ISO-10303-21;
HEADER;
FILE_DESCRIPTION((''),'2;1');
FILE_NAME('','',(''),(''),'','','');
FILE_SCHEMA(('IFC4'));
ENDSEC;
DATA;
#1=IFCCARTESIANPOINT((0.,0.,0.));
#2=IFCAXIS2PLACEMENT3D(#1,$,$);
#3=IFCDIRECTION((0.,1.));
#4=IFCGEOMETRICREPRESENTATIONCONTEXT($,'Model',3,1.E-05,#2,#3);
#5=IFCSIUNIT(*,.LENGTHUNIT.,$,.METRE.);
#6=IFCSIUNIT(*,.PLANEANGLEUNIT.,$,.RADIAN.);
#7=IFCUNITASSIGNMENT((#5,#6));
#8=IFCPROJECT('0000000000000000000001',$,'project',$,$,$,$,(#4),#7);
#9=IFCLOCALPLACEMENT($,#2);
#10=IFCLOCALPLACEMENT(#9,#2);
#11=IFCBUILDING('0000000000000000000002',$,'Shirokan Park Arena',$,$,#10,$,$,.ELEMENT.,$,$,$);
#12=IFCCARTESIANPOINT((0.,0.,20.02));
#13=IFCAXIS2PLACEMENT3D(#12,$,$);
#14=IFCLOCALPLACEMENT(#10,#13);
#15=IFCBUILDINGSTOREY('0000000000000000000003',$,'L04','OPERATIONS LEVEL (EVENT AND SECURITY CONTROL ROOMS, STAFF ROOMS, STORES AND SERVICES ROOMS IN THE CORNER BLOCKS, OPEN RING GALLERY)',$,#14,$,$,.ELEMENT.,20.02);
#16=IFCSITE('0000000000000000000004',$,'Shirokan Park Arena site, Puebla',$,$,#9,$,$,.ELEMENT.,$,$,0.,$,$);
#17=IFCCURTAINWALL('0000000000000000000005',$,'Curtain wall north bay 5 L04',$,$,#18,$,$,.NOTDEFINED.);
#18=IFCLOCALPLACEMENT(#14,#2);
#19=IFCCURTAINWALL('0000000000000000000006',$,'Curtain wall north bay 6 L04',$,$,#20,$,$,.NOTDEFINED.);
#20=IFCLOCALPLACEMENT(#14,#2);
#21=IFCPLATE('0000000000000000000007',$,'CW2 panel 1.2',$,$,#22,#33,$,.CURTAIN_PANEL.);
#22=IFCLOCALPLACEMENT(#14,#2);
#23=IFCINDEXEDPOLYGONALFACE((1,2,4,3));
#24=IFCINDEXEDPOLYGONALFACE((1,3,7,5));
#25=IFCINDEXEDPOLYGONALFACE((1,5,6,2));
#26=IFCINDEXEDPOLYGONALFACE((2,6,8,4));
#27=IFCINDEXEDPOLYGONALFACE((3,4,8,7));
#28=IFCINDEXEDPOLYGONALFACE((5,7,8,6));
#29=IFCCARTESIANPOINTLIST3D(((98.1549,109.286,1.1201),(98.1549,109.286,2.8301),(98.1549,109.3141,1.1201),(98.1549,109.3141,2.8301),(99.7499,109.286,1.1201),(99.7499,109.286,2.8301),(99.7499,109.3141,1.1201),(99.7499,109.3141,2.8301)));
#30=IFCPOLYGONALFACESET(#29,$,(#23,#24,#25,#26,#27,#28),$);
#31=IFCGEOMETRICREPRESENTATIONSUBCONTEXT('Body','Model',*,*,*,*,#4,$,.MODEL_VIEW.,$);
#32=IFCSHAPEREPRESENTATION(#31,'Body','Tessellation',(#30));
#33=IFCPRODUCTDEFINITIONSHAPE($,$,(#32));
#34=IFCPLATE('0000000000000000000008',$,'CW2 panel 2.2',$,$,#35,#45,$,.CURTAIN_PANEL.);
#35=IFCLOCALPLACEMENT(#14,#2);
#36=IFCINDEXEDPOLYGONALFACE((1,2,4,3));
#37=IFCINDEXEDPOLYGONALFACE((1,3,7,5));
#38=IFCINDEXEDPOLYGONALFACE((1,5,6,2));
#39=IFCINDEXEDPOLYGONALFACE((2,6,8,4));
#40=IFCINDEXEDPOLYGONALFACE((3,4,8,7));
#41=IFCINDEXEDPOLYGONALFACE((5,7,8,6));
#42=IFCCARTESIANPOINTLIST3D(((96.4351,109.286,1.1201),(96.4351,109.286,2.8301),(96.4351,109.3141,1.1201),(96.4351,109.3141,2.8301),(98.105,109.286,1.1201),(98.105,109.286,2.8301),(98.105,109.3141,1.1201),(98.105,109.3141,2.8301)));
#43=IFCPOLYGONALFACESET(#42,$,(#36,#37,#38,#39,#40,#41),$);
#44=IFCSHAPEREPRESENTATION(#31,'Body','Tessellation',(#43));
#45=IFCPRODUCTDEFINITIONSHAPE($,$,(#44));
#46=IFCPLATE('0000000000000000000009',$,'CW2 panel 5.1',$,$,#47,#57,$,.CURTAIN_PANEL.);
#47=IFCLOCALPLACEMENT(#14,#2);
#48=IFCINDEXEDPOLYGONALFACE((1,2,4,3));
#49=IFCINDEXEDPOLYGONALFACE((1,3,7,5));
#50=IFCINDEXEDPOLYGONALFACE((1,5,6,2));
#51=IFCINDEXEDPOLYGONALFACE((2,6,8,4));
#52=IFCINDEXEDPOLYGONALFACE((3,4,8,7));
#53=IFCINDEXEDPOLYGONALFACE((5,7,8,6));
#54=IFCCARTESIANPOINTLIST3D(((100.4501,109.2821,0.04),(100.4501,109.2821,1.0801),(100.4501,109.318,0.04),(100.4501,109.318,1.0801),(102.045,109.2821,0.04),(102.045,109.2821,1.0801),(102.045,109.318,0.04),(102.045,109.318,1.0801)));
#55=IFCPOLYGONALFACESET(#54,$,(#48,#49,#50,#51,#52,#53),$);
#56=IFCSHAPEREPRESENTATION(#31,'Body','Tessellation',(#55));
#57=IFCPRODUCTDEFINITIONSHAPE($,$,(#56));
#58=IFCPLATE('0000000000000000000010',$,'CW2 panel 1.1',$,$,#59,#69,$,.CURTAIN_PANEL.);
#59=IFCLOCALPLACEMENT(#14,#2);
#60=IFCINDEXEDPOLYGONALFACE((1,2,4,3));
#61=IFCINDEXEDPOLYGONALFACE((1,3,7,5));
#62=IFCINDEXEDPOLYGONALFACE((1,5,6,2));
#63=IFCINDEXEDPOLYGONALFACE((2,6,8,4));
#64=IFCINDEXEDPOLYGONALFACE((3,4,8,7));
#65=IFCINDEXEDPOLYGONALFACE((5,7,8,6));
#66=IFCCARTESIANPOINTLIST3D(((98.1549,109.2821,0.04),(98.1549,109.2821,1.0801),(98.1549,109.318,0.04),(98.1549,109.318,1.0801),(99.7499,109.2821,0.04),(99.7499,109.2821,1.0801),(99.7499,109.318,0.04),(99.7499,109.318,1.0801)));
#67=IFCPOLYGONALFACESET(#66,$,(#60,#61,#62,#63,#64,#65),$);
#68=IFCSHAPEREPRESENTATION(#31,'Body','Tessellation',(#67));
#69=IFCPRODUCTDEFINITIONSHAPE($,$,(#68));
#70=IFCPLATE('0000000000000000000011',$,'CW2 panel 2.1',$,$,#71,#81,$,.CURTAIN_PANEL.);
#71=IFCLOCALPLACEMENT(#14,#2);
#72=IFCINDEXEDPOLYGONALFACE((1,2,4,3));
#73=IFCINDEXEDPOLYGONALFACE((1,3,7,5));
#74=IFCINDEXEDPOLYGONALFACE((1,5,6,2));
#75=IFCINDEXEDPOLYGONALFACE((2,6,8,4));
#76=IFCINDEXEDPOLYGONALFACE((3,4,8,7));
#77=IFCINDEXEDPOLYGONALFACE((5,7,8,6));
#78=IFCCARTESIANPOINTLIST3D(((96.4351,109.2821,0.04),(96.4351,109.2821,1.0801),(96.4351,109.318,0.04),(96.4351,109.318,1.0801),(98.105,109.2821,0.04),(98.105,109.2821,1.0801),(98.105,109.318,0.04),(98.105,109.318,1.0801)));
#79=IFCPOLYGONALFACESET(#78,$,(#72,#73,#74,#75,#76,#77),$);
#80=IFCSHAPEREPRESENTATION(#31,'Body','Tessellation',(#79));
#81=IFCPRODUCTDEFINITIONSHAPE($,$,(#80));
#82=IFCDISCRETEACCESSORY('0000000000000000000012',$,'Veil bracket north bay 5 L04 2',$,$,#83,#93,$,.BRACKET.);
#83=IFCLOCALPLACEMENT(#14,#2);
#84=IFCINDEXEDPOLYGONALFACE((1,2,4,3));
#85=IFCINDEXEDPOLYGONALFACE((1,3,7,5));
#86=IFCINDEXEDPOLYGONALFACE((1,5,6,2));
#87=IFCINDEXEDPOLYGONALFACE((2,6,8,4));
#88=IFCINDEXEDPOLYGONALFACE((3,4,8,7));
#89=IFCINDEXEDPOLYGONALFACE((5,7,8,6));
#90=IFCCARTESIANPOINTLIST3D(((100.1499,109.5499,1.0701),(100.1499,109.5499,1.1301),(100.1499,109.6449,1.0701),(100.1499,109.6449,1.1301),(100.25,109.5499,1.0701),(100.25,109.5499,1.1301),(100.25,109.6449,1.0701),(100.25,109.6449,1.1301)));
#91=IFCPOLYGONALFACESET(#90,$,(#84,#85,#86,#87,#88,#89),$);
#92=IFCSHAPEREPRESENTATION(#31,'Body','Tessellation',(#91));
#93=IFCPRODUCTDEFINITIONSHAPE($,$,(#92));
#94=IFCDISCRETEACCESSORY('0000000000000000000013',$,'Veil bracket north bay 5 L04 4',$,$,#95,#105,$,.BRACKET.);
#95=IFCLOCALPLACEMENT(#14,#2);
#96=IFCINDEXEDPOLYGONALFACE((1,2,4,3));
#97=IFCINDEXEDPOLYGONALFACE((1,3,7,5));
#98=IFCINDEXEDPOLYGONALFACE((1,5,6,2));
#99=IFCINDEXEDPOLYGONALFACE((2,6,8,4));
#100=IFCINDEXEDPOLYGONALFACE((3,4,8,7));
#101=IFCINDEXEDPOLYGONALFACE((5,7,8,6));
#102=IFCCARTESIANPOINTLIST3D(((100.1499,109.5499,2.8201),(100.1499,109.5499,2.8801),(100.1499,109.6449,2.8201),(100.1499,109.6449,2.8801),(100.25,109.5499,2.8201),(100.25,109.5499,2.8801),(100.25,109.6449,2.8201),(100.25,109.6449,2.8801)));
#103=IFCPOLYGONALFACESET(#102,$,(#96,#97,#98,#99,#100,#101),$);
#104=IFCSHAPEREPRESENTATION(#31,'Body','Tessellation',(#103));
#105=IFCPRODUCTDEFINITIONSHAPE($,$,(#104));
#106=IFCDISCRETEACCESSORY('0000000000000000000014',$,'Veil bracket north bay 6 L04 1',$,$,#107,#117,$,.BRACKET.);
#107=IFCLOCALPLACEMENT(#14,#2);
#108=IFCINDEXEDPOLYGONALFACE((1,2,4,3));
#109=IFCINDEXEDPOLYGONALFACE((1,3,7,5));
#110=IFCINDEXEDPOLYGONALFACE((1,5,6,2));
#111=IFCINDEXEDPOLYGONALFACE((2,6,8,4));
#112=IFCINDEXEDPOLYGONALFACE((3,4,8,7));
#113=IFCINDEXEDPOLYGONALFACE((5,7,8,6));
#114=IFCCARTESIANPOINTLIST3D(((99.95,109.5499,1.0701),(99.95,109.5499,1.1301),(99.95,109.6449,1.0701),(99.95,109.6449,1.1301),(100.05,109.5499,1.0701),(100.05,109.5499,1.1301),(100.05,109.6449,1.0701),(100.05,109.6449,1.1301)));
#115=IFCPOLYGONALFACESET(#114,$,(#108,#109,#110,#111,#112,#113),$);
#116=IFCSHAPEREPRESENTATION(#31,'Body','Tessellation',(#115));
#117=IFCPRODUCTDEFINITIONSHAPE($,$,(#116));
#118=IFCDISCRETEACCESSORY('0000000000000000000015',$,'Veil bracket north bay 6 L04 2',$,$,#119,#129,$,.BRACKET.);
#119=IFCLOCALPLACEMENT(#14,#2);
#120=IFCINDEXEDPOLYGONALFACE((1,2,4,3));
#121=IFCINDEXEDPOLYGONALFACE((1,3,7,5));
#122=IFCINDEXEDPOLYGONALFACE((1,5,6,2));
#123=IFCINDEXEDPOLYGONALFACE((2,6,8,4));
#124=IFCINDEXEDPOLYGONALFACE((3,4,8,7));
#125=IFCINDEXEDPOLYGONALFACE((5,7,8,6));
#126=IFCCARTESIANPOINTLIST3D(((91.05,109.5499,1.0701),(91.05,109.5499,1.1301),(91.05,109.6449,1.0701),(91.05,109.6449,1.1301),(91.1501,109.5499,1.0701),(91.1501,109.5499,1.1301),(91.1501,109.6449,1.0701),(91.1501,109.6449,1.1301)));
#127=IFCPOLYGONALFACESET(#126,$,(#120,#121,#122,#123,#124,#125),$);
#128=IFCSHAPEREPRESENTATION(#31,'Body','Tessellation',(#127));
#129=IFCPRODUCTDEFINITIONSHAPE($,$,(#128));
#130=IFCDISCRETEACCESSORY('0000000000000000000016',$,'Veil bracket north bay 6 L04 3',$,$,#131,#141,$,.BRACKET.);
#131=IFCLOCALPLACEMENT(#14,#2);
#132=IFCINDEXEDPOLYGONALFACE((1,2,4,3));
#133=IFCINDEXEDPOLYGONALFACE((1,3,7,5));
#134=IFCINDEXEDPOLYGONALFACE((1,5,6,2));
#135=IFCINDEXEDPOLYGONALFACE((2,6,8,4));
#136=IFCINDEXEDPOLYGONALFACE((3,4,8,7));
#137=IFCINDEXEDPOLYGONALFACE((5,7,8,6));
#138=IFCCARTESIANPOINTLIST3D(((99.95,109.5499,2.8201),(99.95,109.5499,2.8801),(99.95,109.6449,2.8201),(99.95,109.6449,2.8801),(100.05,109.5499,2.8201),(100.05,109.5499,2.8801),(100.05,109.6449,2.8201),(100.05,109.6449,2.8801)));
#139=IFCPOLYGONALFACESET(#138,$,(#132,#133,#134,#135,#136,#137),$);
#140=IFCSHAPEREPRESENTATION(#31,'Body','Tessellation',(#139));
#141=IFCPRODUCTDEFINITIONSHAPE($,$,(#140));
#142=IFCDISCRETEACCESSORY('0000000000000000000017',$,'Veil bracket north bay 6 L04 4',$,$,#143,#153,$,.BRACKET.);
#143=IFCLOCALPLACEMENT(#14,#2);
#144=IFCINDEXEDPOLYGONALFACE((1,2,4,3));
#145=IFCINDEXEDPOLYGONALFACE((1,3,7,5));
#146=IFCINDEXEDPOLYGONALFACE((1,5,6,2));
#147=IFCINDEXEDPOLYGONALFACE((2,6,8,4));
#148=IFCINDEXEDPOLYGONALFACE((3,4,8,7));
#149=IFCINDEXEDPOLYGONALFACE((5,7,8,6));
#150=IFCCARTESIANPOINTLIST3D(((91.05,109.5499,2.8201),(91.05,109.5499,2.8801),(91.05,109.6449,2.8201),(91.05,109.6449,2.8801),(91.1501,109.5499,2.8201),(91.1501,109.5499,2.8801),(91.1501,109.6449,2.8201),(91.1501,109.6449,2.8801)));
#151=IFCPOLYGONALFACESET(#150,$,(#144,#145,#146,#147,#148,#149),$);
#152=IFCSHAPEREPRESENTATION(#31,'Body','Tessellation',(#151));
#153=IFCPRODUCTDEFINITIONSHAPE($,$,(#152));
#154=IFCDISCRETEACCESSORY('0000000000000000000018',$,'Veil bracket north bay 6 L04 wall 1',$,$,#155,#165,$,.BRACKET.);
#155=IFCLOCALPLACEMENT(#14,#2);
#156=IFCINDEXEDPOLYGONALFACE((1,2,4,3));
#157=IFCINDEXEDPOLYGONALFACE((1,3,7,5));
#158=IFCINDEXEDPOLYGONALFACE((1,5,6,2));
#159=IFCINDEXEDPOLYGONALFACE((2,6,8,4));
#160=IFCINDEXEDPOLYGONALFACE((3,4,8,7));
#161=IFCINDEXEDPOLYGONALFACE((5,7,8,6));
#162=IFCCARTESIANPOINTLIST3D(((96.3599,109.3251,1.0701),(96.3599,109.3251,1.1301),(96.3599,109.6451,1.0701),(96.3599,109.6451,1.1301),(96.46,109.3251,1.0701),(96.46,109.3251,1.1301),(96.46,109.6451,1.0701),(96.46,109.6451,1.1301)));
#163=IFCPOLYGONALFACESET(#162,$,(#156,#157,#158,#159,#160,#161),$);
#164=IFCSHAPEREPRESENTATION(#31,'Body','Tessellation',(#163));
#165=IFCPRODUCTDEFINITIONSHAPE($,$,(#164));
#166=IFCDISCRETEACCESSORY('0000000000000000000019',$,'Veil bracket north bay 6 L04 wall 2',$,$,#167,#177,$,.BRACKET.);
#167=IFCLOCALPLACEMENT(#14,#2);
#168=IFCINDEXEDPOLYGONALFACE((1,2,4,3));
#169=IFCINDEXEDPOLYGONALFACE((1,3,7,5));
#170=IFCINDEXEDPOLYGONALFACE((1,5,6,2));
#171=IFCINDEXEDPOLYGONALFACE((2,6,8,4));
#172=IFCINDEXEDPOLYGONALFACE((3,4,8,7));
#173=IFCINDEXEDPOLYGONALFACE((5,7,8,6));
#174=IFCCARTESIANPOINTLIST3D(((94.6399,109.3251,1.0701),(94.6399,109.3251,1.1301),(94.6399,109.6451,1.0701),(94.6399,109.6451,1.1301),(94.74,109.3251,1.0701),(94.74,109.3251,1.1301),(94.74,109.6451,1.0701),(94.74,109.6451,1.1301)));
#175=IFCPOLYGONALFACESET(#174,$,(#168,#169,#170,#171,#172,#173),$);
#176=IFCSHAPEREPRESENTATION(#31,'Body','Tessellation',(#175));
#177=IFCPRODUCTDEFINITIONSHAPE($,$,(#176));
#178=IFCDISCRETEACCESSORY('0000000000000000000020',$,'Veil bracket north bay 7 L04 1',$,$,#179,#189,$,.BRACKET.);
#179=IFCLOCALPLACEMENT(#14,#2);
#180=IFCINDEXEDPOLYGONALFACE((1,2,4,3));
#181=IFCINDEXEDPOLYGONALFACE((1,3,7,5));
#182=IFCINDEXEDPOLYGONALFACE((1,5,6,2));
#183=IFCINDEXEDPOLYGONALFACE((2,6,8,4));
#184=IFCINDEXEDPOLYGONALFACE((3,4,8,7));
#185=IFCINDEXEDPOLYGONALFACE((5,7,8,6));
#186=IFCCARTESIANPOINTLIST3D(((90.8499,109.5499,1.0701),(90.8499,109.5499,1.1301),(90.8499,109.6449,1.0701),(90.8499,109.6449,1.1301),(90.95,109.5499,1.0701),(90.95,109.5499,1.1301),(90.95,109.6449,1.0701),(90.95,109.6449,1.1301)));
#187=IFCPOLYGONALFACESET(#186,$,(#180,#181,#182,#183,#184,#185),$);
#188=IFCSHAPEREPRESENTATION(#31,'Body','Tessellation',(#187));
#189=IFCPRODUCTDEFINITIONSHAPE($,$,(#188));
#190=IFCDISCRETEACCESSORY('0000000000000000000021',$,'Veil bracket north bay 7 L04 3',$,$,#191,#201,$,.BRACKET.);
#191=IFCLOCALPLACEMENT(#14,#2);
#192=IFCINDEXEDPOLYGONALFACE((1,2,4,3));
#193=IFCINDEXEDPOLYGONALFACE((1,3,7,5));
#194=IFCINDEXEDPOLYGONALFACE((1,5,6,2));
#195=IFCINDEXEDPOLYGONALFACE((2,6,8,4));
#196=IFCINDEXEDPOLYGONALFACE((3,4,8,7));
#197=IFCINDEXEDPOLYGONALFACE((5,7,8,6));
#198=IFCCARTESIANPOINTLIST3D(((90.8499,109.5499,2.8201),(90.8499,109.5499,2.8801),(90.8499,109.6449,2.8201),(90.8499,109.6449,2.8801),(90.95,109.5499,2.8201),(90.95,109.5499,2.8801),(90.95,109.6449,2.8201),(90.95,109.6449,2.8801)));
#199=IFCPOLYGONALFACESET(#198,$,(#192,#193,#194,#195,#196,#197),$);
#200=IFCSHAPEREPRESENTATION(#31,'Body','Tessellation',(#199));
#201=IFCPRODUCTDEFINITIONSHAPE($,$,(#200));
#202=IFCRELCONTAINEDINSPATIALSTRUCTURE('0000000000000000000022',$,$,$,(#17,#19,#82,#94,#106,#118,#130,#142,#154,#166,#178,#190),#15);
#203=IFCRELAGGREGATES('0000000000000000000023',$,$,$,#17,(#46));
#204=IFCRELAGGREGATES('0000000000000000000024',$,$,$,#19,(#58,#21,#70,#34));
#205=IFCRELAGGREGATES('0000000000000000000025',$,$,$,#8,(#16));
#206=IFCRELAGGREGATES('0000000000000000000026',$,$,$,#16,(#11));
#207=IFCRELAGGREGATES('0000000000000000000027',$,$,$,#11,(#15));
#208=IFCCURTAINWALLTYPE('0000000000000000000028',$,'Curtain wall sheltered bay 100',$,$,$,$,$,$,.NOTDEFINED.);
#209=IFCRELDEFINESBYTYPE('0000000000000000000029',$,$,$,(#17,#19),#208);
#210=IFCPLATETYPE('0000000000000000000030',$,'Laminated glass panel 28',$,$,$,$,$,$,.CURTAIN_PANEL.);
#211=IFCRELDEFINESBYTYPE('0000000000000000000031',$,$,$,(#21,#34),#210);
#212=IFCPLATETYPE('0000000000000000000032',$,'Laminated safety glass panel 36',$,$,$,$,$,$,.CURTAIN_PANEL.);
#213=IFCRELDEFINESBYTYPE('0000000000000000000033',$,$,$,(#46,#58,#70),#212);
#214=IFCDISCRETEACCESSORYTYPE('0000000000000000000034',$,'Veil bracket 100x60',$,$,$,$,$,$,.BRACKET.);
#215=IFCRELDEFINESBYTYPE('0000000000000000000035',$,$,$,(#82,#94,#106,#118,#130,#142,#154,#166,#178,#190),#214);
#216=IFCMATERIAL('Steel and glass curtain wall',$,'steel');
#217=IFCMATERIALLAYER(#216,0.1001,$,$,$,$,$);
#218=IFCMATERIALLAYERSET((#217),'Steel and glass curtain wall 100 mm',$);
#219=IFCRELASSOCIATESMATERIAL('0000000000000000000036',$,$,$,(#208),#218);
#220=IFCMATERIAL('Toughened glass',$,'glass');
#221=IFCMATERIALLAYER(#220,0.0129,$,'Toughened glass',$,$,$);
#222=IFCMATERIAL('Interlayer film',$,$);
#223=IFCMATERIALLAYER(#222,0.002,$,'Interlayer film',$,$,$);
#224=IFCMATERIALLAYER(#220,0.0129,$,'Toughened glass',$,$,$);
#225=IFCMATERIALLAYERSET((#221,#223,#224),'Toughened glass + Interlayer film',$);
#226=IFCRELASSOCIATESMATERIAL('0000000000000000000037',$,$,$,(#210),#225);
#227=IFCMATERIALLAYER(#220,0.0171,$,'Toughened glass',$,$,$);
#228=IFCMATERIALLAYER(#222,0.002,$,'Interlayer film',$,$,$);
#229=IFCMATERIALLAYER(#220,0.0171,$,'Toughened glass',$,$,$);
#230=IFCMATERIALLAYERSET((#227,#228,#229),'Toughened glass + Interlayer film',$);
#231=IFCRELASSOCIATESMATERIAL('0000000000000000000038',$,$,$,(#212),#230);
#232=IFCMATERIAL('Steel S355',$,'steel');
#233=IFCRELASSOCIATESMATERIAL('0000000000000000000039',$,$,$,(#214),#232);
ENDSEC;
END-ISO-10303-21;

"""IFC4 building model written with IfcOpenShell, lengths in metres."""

from ifc_helpers import new_model, si_unit, direction, frame, origin, origin_2d, place, context, subcontext, project, spatial, rectangle, extrude, material, layer, layer_set, type_object, element, aggregate, save


model = new_model("IFC4")

# Units and contexts
model_context = context("Model", 3, precision=1e-05, world=origin(), true_north=direction((0.0, 1.0)))
body_context = subcontext(model_context, "Body", "Model", "MODEL_VIEW")
ifc_project = project(units=[si_unit("LENGTHUNIT", "METRE"), si_unit("PLANEANGLEUNIT", "RADIAN")], contexts=[model_context])

# Site, building, storey
site_placement = place(None, origin())
site = spatial("IfcSite", under=ifc_project, at=site_placement, Name="Shirokan Park Arena site, Puebla", CompositionType="ELEMENT", RefElevation=0.0)
building_placement = place(site_placement, origin())
building = spatial("IfcBuilding", under=site, at=building_placement, Name="Shirokan Park Arena", CompositionType="ELEMENT")
storey_placement = place(building_placement, frame((0.0, 0.0, 20.02)))
storey = spatial("IfcBuildingStorey", under=building, at=storey_placement, Name="L04", Description="OPERATIONS LEVEL (EVENT AND SECURITY CONTROL ROOMS, STAFF ROOMS, STORES AND SERVICES ROOMS IN THE CORNER BLOCKS, OPEN RING GALLERY)", CompositionType="ELEMENT", Elevation=20.02)

# Curtain wall
ifc_material_1 = material(Name="Steel and glass curtain wall", Category="steel")
ifc_layer_1 = layer(ifc_material_1, 0.1001)
ifc_layer_set_1 = layer_set([ifc_layer_1], Name="Steel and glass curtain wall 100 mm")
curtain_wall_type = type_object("IfcCurtainWallType", Name="Curtain wall sheltered bay 100", PredefinedType="NOTDEFINED", material=ifc_layer_set_1)
curtain_wall_1_placement = place(storey_placement, origin())
curtain_wall_1 = element("IfcCurtainWall", 1, at=curtain_wall_1_placement, inside=storey, type_object=curtain_wall_type, Name="Curtain wall north bay 5 L04", PredefinedType="NOTDEFINED")
ifc_material_2 = material(Name="Steel S355", Category="steel")

# Curtain wall
curtain_wall_2_placement = place(storey_placement, origin())
curtain_wall_2 = element("IfcCurtainWall", 2, at=curtain_wall_2_placement, inside=storey, type_object=curtain_wall_type, Name="Curtain wall north bay 6 L04", PredefinedType="NOTDEFINED")

# Plates
ifc_material_3 = material(Name="Toughened glass", Category="glass")
ifc_layer_2 = layer(ifc_material_3, 0.0129, Name="Toughened glass")
ifc_material_4 = material(Name="Interlayer film")
ifc_layer_3 = layer(ifc_material_4, 0.002, Name="Interlayer film")
ifc_layer_4 = layer(ifc_material_3, 0.0129, Name="Toughened glass")
ifc_layer_set_2 = layer_set([ifc_layer_2, ifc_layer_3, ifc_layer_4], Name="Toughened glass + Interlayer film")
plate_type_1 = type_object("IfcPlateType", Name="Laminated glass panel 28", PredefinedType="CURTAIN_PANEL", material=ifc_layer_set_2)
plate_1_placement = place(storey_placement, frame((98.9524, 109.3, 1.1201), z_axis=(0.0, 0.0, 1.0), x_axis=(-1.0, 0.0, 0.0)))
plate_1 = element("IfcPlate", 3, at=plate_1_placement, type_object=plate_type_1, Name="CW2 panel 1.2", PredefinedType="CURTAIN_PANEL", context=body_context, shape_type="SweptSolid", body=[
    extrude(rectangle(XDim=1.595, YDim=0.0281, at=origin_2d()), origin(), (0.0, 0.0, 1.0), 1.71),
])
plate_2_placement = place(storey_placement, frame((97.27, 109.3, 1.1201), z_axis=(0.0, 0.0, 1.0), x_axis=(-1.0, 0.0, 0.0)))
plate_2 = element("IfcPlate", 4, at=plate_2_placement, type_object=plate_type_1, Name="CW2 panel 2.2", PredefinedType="CURTAIN_PANEL", context=body_context, shape_type="SweptSolid", body=[
    extrude(rectangle(XDim=1.6699, YDim=0.0281, at=origin_2d()), origin(), (0.0, 0.0, 1.0), 1.71),
])
ifc_layer_5 = layer(ifc_material_3, 0.0171, Name="Toughened glass")
ifc_layer_6 = layer(ifc_material_4, 0.002, Name="Interlayer film")
ifc_layer_7 = layer(ifc_material_3, 0.0171, Name="Toughened glass")
ifc_layer_set_3 = layer_set([ifc_layer_5, ifc_layer_6, ifc_layer_7], Name="Toughened glass + Interlayer film")
plate_type_2 = type_object("IfcPlateType", Name="Laminated safety glass panel 36", PredefinedType="CURTAIN_PANEL", material=ifc_layer_set_3)
plate_3_placement = place(storey_placement, frame((101.2476, 109.3, 0.04), z_axis=(0.0, 0.0, 1.0), x_axis=(-1.0, 0.0, 0.0)))
plate_3 = element("IfcPlate", 5, at=plate_3_placement, type_object=plate_type_2, Name="CW2 panel 5.1", PredefinedType="CURTAIN_PANEL", context=body_context, shape_type="SweptSolid", body=[
    extrude(rectangle(XDim=1.595, YDim=0.0359, at=origin_2d()), origin(), (0.0, 0.0, 1.0), 1.04),
])
aggregate(curtain_wall_1, [plate_3])
plate_4_placement = place(storey_placement, frame((98.9524, 109.3, 0.04), z_axis=(0.0, 0.0, 1.0), x_axis=(-1.0, 0.0, 0.0)))
plate_4 = element("IfcPlate", 6, at=plate_4_placement, type_object=plate_type_2, Name="CW2 panel 1.1", PredefinedType="CURTAIN_PANEL", context=body_context, shape_type="SweptSolid", body=[
    extrude(rectangle(XDim=1.595, YDim=0.0359, at=origin_2d()), origin(), (0.0, 0.0, 1.0), 1.04),
])
plate_5_placement = place(storey_placement, frame((97.27, 109.3, 0.04), z_axis=(0.0, 0.0, 1.0), x_axis=(-1.0, 0.0, 0.0)))
plate_5 = element("IfcPlate", 7, at=plate_5_placement, type_object=plate_type_2, Name="CW2 panel 2.1", PredefinedType="CURTAIN_PANEL", context=body_context, shape_type="SweptSolid", body=[
    extrude(rectangle(XDim=1.6699, YDim=0.0359, at=origin_2d()), origin(), (0.0, 0.0, 1.0), 1.04),
])
aggregate(curtain_wall_2, [plate_4, plate_1, plate_5, plate_2])

# Discrete accessories
discrete_accessory_type = type_object("IfcDiscreteAccessoryType", Name="Veil bracket 100x60", PredefinedType="BRACKET", material=ifc_material_2)
for number, where, z_axis, x_axis, name in (
    (8, (100.2, 109.5974, 1.0701), (0.0, 0.0, 1.0), (-1.0, 0.0, 0.0), "Veil bracket north bay 5 L04 2"),
    (9, (100.2, 109.5974, 2.8201), (0.0, 0.0, 1.0), (-1.0, 0.0, 0.0), "Veil bracket north bay 5 L04 4"),
    (10, (100.0, 109.5974, 1.0701), (0.0, 0.0, 1.0), (-1.0, 0.0, 0.0), "Veil bracket north bay 6 L04 1"),
    (11, (91.1001, 109.5974, 1.0701), (0.0, 0.0, 1.0), (-1.0, 0.0, 0.0), "Veil bracket north bay 6 L04 2"),
    (12, (100.0, 109.5974, 2.8201), (0.0, 0.0, 1.0), (-1.0, 0.0, 0.0), "Veil bracket north bay 6 L04 3"),
    (13, (91.1001, 109.5974, 2.8201), (0.0, 0.0, 1.0), (-1.0, 0.0, 0.0), "Veil bracket north bay 6 L04 4"),
):
    element("IfcDiscreteAccessory", number, at=place(storey_placement, frame(where, z_axis=z_axis, x_axis=x_axis)), inside=storey, type_object=discrete_accessory_type, Name=name, PredefinedType="BRACKET", context=body_context, shape_type="SweptSolid", body=[
        extrude(rectangle(XDim=0.1001, YDim=0.095, at=origin_2d()), origin(), (0.0, 0.0, 1.0), 0.0601),
    ])
for number, where, z_axis, x_axis, name in (
    (14, (96.4099, 109.4851, 1.0701), (0.0, 0.0, 1.0), (-1.0, 0.0, 0.0), "Veil bracket north bay 6 L04 wall 1"),
    (15, (94.6899, 109.4851, 1.0701), (0.0, 0.0, 1.0), (-1.0, 0.0, 0.0), "Veil bracket north bay 6 L04 wall 2"),
):
    element("IfcDiscreteAccessory", number, at=place(storey_placement, frame(where, z_axis=z_axis, x_axis=x_axis)), inside=storey, type_object=discrete_accessory_type, Name=name, PredefinedType="BRACKET", context=body_context, shape_type="SweptSolid", body=[
        extrude(rectangle(XDim=0.1001, YDim=0.3201, at=origin_2d()), origin(), (0.0, 0.0, 1.0), 0.0601),
    ])
for number, where, z_axis, x_axis, name in (
    (16, (90.8999, 109.5974, 1.0701), (0.0, 0.0, 1.0), (-1.0, 0.0, 0.0), "Veil bracket north bay 7 L04 1"),
    (17, (90.8999, 109.5974, 2.8201), (0.0, 0.0, 1.0), (-1.0, 0.0, 0.0), "Veil bracket north bay 7 L04 3"),
):
    element("IfcDiscreteAccessory", number, at=place(storey_placement, frame(where, z_axis=z_axis, x_axis=x_axis)), inside=storey, type_object=discrete_accessory_type, Name=name, PredefinedType="BRACKET", context=body_context, shape_type="SweptSolid", body=[
        extrude(rectangle(XDim=0.1001, YDim=0.095, at=origin_2d()), origin(), (0.0, 0.0, 1.0), 0.0601),
    ])

save(model, "model.ifc")
